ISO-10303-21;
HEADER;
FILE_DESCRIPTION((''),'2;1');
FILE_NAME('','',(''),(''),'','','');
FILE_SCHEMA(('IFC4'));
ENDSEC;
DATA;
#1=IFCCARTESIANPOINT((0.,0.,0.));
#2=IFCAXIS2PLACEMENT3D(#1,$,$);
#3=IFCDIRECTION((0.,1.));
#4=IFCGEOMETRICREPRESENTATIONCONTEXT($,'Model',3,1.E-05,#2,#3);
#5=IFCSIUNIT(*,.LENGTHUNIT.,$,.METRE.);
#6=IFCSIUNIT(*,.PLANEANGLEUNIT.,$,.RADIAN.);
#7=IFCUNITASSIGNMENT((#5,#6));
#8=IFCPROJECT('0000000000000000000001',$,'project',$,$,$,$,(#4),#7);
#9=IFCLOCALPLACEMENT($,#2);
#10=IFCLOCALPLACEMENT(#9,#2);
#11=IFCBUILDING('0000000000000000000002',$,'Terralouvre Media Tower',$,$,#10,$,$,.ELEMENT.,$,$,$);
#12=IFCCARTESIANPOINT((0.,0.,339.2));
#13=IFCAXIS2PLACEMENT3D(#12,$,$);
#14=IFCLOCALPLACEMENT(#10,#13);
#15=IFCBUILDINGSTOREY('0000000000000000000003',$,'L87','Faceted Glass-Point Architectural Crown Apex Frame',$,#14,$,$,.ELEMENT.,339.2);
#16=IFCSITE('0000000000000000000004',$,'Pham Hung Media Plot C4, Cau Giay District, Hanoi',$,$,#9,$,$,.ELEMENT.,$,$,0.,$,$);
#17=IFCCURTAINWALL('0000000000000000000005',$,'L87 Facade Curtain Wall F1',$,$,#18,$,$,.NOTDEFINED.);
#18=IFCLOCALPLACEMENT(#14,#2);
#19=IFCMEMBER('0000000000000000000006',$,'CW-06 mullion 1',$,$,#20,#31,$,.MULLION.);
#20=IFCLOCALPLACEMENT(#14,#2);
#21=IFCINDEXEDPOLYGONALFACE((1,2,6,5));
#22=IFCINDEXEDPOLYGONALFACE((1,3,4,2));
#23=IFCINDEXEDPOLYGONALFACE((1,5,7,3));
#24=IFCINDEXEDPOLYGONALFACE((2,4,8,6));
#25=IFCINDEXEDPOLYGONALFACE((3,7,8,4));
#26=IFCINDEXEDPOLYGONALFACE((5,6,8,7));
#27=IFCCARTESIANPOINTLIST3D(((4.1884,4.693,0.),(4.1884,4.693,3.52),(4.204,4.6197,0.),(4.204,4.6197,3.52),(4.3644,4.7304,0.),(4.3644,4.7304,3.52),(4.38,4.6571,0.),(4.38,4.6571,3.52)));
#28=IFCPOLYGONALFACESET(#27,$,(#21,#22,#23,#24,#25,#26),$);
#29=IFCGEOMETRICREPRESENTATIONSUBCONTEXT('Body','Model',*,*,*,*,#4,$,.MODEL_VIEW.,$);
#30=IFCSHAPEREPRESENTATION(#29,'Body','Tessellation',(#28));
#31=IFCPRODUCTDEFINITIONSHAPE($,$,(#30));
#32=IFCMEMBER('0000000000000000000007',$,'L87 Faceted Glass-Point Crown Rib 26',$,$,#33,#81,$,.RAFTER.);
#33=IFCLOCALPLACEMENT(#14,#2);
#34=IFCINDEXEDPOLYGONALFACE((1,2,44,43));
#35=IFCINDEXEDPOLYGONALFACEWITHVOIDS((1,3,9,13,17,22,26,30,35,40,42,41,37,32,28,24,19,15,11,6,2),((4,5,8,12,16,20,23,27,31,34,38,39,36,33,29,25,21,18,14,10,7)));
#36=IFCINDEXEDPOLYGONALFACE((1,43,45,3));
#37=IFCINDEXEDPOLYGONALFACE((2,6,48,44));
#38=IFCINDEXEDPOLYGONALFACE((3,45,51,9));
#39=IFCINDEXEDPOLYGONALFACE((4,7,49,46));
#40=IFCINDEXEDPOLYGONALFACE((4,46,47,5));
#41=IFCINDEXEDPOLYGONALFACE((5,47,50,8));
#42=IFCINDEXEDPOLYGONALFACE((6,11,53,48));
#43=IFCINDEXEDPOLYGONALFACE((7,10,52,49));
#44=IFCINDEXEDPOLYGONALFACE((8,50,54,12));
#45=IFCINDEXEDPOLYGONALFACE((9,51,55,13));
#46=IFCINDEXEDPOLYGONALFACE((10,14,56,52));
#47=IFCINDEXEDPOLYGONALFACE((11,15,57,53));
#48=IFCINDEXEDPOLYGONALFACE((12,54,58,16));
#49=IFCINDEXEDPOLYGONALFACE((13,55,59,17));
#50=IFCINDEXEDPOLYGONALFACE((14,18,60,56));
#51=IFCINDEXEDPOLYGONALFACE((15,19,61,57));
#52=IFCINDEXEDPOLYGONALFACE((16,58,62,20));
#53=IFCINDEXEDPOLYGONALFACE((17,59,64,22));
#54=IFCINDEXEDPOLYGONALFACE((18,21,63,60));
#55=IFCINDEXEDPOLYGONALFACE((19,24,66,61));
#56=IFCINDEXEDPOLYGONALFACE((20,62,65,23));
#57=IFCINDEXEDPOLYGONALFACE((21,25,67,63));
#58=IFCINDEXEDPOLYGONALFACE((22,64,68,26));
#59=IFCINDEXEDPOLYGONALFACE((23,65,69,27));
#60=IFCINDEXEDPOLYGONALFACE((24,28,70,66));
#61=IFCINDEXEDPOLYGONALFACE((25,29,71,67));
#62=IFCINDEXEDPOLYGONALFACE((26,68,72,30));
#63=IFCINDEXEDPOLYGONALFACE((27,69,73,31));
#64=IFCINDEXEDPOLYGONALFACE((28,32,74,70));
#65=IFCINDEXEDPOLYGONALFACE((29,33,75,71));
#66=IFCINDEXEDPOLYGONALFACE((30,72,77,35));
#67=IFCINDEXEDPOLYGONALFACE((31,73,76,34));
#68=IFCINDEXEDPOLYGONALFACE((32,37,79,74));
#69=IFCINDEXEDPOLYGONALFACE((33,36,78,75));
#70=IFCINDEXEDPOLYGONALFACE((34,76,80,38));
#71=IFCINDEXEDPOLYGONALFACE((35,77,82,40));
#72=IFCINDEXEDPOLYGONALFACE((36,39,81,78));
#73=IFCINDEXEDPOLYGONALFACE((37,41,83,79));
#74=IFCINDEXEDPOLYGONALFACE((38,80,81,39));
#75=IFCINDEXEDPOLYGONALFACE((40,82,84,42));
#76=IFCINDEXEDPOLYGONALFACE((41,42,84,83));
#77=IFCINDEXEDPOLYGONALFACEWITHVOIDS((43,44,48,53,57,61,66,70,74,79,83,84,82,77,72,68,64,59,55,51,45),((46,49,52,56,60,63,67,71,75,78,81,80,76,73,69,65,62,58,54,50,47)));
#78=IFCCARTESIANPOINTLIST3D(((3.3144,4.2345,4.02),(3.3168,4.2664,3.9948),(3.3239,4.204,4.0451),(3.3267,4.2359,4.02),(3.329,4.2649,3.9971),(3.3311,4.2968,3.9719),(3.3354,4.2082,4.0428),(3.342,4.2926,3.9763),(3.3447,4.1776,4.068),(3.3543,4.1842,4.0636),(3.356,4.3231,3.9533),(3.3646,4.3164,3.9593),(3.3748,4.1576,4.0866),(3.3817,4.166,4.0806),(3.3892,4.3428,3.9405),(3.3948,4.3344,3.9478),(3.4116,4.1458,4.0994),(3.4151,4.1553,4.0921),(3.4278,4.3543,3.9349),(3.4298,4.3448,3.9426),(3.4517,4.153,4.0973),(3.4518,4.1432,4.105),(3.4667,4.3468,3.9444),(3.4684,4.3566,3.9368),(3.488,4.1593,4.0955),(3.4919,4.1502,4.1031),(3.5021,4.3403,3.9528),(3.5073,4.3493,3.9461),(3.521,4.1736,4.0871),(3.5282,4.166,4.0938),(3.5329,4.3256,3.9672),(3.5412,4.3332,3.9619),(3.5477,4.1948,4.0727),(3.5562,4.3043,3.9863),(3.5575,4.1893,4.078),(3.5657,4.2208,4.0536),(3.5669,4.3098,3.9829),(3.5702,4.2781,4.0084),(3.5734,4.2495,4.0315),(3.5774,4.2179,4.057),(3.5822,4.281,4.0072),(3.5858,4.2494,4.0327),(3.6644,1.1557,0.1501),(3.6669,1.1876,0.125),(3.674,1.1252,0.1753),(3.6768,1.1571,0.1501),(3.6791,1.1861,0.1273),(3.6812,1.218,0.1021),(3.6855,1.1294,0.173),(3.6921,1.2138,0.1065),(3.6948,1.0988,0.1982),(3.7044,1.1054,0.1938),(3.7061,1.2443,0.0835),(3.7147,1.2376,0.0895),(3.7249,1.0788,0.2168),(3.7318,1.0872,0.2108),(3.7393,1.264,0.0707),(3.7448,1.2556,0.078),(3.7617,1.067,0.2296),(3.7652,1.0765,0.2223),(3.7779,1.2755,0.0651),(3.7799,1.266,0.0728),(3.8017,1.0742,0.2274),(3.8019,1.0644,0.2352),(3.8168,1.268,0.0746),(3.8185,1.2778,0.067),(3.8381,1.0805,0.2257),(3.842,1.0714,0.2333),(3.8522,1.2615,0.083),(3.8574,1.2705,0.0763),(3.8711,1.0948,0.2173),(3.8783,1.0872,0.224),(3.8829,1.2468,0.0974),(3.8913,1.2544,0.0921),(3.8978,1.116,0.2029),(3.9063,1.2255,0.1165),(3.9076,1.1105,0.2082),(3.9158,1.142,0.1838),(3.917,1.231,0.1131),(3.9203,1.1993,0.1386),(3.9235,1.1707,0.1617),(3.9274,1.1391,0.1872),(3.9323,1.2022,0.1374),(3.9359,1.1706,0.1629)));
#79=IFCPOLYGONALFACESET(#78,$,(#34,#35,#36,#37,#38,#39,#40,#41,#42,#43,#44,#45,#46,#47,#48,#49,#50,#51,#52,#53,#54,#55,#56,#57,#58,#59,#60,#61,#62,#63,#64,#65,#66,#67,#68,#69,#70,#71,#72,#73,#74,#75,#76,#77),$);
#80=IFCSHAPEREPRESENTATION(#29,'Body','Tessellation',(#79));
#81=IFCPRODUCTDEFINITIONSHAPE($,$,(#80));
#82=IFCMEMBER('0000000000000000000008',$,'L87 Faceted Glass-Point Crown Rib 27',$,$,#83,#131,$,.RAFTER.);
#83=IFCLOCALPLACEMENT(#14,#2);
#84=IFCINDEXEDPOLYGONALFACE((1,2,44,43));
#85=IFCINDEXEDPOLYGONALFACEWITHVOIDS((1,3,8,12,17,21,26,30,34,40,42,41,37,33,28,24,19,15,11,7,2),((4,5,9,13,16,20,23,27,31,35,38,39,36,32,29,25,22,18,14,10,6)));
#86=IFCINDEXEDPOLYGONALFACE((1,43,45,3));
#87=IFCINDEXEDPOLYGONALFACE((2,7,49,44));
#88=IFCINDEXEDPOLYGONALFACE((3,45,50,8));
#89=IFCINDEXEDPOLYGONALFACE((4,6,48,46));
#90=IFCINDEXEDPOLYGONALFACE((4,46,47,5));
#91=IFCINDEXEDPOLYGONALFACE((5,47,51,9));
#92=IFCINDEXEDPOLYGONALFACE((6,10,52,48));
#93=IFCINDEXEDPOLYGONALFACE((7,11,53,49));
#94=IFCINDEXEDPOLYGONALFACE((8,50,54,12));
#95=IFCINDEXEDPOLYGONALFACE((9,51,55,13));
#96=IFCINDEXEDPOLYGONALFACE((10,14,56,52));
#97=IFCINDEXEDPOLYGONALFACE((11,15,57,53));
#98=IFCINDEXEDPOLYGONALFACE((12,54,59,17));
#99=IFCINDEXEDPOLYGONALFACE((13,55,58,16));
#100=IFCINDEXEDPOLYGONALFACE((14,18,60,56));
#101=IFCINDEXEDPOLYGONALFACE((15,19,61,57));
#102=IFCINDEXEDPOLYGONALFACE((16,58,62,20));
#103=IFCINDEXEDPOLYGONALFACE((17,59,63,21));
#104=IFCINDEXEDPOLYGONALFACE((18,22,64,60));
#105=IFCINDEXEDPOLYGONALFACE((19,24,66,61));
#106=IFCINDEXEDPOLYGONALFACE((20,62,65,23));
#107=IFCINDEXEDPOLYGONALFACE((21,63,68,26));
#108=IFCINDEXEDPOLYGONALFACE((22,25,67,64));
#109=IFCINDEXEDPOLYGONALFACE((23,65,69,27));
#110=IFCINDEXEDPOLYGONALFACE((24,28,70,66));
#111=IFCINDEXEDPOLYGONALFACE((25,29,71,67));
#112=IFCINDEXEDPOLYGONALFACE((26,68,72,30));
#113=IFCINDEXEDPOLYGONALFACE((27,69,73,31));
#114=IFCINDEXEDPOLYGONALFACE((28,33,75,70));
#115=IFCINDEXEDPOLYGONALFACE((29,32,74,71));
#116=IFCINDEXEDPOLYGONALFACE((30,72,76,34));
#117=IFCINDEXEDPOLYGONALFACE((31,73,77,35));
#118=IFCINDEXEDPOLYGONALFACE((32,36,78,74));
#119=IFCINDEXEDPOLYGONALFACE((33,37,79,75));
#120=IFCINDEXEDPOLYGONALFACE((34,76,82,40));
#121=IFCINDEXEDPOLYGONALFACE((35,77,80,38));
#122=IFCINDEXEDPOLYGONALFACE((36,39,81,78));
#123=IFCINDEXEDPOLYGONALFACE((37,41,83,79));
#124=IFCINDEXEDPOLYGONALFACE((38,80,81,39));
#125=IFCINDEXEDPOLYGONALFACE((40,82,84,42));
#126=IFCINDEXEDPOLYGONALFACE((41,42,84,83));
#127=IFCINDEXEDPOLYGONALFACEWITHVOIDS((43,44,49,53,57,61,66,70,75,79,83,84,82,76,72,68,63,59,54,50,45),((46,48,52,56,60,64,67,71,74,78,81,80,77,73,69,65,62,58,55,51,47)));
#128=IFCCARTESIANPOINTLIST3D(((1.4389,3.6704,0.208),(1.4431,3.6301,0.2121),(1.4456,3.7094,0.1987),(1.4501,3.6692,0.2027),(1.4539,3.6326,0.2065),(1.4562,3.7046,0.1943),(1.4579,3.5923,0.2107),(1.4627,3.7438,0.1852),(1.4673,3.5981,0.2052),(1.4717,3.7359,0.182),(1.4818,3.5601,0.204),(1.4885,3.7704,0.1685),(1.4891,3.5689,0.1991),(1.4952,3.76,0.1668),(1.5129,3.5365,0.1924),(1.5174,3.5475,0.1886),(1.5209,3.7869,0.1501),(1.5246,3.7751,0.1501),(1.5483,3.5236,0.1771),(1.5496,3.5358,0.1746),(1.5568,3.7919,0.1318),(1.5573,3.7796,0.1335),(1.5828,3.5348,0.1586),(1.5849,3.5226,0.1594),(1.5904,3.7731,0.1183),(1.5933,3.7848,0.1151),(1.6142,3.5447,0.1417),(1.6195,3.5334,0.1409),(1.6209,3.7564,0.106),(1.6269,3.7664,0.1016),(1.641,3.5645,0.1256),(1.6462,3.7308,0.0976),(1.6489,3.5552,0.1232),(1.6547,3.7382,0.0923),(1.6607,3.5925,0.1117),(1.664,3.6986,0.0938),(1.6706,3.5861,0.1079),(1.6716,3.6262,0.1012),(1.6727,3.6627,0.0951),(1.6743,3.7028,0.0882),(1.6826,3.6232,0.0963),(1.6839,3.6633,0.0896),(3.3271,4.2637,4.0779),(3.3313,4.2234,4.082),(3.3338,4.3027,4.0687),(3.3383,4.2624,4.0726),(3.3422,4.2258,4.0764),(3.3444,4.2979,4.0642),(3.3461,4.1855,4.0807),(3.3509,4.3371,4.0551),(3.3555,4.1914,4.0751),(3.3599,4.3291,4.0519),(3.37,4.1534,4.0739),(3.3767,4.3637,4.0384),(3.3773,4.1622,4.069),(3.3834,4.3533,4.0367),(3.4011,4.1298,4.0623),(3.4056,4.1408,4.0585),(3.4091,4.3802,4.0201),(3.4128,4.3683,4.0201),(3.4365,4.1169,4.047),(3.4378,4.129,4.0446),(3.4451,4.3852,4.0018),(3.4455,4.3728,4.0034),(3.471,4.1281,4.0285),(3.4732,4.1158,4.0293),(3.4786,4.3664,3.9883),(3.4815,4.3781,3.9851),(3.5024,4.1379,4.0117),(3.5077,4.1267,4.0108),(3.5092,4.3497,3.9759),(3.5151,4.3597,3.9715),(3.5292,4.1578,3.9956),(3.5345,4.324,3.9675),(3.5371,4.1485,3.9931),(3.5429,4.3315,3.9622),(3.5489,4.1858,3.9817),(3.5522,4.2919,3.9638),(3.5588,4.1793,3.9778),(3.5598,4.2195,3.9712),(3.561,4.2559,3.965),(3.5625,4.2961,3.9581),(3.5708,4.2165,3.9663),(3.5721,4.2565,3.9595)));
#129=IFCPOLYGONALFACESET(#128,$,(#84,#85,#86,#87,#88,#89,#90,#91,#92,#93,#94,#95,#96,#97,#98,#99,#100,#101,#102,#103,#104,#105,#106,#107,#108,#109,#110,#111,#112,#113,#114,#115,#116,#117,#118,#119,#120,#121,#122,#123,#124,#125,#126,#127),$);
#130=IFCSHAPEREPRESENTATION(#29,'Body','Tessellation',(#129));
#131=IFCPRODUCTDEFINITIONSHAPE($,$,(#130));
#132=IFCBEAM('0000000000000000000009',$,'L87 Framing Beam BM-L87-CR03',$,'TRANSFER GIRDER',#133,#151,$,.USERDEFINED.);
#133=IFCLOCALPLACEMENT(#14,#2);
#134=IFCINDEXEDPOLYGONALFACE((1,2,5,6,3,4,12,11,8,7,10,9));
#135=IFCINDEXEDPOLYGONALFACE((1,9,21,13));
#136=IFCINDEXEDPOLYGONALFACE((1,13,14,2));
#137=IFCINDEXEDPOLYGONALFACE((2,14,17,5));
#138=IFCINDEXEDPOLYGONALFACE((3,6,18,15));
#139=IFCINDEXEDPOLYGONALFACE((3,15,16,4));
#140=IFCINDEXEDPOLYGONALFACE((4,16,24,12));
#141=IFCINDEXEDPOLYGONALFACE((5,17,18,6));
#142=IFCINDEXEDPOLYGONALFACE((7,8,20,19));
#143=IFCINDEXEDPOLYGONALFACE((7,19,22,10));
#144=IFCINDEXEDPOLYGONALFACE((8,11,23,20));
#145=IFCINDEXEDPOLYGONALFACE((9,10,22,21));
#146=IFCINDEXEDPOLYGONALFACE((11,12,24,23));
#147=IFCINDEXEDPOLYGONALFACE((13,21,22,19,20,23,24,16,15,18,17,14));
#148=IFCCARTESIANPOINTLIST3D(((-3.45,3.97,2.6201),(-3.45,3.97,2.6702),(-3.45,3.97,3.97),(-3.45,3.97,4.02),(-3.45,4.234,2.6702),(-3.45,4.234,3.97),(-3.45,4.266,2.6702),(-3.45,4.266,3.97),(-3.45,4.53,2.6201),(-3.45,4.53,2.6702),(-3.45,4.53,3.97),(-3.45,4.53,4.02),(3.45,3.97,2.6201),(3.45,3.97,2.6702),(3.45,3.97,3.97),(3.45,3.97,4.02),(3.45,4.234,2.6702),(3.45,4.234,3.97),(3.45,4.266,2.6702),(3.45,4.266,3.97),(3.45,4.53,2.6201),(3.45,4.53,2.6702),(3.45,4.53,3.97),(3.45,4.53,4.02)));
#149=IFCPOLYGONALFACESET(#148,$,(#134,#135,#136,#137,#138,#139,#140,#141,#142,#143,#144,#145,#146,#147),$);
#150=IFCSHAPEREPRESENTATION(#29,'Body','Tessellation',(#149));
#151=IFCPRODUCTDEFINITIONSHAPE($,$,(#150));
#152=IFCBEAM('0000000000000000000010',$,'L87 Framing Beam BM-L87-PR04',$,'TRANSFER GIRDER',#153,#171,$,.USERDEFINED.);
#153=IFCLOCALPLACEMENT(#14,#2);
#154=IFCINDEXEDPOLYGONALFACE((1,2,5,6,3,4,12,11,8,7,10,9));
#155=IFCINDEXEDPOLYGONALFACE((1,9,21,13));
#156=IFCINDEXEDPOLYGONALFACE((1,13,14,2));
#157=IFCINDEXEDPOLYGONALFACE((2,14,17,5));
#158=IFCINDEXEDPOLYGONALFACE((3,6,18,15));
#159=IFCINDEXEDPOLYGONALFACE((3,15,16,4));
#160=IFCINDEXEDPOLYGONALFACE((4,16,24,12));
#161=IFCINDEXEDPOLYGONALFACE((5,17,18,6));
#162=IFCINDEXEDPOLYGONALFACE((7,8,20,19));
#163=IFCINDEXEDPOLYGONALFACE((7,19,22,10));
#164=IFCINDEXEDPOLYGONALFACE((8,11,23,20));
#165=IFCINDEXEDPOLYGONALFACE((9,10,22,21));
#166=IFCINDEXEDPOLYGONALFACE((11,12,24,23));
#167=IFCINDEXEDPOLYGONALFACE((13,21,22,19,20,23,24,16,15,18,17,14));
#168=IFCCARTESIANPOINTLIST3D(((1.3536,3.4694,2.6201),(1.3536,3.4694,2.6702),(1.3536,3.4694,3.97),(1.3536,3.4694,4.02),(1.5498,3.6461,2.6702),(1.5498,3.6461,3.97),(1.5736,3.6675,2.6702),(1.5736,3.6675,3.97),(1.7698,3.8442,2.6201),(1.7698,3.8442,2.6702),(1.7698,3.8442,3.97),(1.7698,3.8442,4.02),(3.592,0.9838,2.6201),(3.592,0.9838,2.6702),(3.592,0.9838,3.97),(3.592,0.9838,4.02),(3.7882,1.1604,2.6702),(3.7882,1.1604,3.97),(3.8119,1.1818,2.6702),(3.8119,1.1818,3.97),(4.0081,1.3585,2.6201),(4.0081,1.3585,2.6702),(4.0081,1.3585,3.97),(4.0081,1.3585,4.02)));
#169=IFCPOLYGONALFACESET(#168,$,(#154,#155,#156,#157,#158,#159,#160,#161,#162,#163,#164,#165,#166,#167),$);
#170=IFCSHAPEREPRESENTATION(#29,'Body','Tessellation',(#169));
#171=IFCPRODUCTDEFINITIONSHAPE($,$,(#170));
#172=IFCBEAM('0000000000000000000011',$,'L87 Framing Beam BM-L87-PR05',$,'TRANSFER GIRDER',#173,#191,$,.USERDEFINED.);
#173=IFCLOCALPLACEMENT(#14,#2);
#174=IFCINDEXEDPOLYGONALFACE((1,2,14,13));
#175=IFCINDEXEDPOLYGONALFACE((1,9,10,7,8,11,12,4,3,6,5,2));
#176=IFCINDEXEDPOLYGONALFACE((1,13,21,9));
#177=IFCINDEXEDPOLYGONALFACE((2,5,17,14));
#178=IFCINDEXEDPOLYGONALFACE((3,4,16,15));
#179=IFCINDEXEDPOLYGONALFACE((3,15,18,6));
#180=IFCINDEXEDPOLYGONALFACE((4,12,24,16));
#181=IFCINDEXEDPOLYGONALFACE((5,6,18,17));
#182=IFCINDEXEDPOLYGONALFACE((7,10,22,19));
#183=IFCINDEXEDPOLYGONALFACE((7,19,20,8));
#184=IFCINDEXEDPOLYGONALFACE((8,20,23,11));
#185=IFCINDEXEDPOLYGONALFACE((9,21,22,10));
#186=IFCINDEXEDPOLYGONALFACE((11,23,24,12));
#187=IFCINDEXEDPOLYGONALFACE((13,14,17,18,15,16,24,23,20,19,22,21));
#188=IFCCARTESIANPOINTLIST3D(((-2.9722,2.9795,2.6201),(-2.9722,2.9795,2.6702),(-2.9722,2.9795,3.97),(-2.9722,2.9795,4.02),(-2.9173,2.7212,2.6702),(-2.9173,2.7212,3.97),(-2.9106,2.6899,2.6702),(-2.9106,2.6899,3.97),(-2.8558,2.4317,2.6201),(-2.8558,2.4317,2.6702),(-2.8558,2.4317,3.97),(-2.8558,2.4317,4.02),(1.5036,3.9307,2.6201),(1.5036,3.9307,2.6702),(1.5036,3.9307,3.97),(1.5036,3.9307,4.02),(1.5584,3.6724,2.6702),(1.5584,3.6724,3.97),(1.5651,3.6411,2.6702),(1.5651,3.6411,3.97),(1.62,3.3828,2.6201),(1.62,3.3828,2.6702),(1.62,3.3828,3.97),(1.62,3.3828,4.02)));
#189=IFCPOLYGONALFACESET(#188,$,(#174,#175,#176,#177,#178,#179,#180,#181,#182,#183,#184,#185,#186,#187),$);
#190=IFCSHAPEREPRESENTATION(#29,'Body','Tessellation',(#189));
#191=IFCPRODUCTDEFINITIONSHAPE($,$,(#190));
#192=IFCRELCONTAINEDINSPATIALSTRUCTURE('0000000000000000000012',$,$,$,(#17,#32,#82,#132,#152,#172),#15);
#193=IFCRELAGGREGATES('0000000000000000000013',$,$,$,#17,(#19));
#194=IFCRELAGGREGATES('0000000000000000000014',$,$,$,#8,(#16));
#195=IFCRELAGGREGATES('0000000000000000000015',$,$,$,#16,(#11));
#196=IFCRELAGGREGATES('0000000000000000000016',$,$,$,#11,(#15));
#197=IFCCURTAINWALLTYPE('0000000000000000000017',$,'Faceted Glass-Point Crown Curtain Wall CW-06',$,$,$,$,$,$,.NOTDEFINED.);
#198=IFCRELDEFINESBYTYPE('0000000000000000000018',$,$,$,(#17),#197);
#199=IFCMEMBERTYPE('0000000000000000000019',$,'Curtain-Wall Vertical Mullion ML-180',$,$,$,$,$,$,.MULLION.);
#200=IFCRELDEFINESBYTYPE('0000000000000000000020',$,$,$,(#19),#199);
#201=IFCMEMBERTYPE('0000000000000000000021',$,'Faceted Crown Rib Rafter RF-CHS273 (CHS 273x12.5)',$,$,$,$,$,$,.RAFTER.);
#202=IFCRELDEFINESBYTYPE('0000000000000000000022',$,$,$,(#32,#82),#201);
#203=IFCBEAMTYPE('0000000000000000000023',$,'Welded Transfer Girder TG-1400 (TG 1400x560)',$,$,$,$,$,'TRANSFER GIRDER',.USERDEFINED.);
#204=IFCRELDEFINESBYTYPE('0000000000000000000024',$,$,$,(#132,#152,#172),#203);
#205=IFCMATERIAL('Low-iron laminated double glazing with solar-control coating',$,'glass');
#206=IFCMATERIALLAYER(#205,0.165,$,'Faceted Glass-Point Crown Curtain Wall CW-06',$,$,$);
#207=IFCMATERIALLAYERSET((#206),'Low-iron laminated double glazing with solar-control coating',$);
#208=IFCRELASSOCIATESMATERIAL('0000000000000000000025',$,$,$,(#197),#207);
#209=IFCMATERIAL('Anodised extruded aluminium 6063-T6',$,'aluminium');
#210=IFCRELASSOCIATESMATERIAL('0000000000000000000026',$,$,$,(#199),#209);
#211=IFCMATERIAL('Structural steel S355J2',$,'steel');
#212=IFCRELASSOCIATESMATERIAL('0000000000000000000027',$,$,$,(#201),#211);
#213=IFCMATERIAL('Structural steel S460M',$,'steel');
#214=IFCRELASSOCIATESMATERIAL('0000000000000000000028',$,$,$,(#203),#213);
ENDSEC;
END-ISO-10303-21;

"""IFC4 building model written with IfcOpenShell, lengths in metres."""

from ifc_helpers import new_model, si_unit, direction, frame, origin, origin_2d, place, context, subcontext, project, spatial, rectangle, hollow_circle, i_section, extrude, material, layer, layer_set, material_profile, profile_set, type_object, element, aggregate, save


model = new_model("IFC4")

# Units and contexts
model_context = context("Model", 3, precision=1e-05, world=origin(), true_north=direction((0.0, 1.0)))
body_context = subcontext(model_context, "Body", "Model", "MODEL_VIEW")
ifc_project = project(units=[si_unit("LENGTHUNIT", "METRE"), si_unit("PLANEANGLEUNIT", "RADIAN")], contexts=[model_context])

# Site, building, storey
site_placement = place(None, origin())
site = spatial("IfcSite", under=ifc_project, at=site_placement, Name="Pham Hung Media Plot C4, Cau Giay District, Hanoi", CompositionType="ELEMENT", RefElevation=0.0)
building_placement = place(site_placement, origin())
building = spatial("IfcBuilding", under=site, at=building_placement, Name="Terralouvre Media Tower", CompositionType="ELEMENT")
storey_placement = place(building_placement, frame((0.0, 0.0, 339.2)))
storey = spatial("IfcBuildingStorey", under=building, at=storey_placement, Name="L87", Description="Faceted Glass-Point Architectural Crown Apex Frame", CompositionType="ELEMENT", Elevation=339.2)

# Curtain wall
ifc_material_1 = material(Name="Low-iron laminated double glazing with solar-control coating", Category="glass")
ifc_layer_1 = layer(ifc_material_1, 0.165, Name="Faceted Glass-Point Crown Curtain Wall CW-06")
ifc_layer_set_1 = layer_set([ifc_layer_1], Name="Low-iron laminated double glazing with solar-control coating")
curtain_wall_type = type_object("IfcCurtainWallType", Name="Faceted Glass-Point Crown Curtain Wall CW-06", PredefinedType="NOTDEFINED", material=ifc_layer_set_1)
curtain_wall_1_placement = place(storey_placement, origin())
curtain_wall_1 = element("IfcCurtainWall", 1, at=curtain_wall_1_placement, inside=storey, type_object=curtain_wall_type, Name="L87 Facade Curtain Wall F1", PredefinedType="NOTDEFINED")

# Shared definitions
ifc_material_2 = material(Name="Anodised extruded aluminium 6063-T6", Category="aluminium")
ifc_material_profile_1 = material_profile(ifc_material_2, rectangle(XDim=0.075, YDim=0.1799, at=origin_2d()), Name="ALU 75x180")
ifc_profile_set_1 = profile_set([ifc_material_profile_1], Name="Anodised extruded aluminium 6063-T6")
member_type_1 = type_object("IfcMemberType", Name="Curtain-Wall Vertical Mullion ML-180", PredefinedType="MULLION", material=ifc_profile_set_1)

# Member
member_1_placement = place(storey_placement, frame((4.2842, 4.675, 0.0), z_axis=(0.0, 0.0, 1.0), x_axis=(0.207912, -0.978148, 0.0)))
member_1 = element("IfcMember", 2, at=member_1_placement, type_object=member_type_1, Name="CW-06 mullion 1", PredefinedType="MULLION", context=body_context, shape_type="SweptSolid", body=[
    extrude(rectangle(XDim=0.075, YDim=0.1799, at=origin_2d()), origin(), (0.0, 0.0, 1.0), 3.52),
])
aggregate(curtain_wall_1, [member_1])

# Members
ifc_material_3 = material(Name="Structural steel S355J2", Category="steel")
ifc_material_profile_2 = material_profile(ifc_material_3, hollow_circle(Radius=0.1365, WallThickness=0.0125, at=origin_2d()), Name="CHS 273x12.5")
ifc_profile_set_2 = profile_set([ifc_material_profile_2], Name="Structural steel S355J2")
member_type_2 = type_object("IfcMemberType", Name="Faceted Crown Rib Rafter RF-CHS273 (CHS 273x12.5)", PredefinedType="RAFTER", material=ifc_profile_set_2)
member_2_placement = place(storey_placement, frame((3.8, 1.1711, 0.1501), z_axis=(-0.070618, 0.621037, 0.780593), x_axis=(-0.993597, -0.112982, 0.0)))
element("IfcMember", 3, at=member_2_placement, inside=storey, type_object=member_type_2, Name="L87 Faceted Glass-Point Crown Rib 26", PredefinedType="RAFTER", context=body_context, shape_type="SweptSolid", body=[
    extrude(hollow_circle(Radius=0.1365, WallThickness=0.0125, at=origin_2d()), origin(), (0.0, 0.0, 1.0), 4.9575),
])
member_3_placement = place(storey_placement, frame((1.5618, 3.6567, 0.1501), z_axis=(0.434403, 0.136488, 0.890318), x_axis=(-0.29975, 0.954018, 0.0)))
element("IfcMember", 4, at=member_3_placement, inside=storey, type_object=member_type_2, Name="L87 Faceted Glass-Point Crown Rib 27", PredefinedType="RAFTER", context=body_context, shape_type="SweptSolid", body=[
    extrude(hollow_circle(Radius=0.1365, WallThickness=0.0125, at=origin_2d()), origin(), (0.0, 0.0, 1.0), 4.3467),
])

# Beams
ifc_material_4 = material(Name="Structural steel S460M", Category="steel")
ifc_material_profile_3 = material_profile(ifc_material_4, i_section(OverallWidth=0.5601, OverallDepth=1.3999, WebThickness=0.032, FlangeThickness=0.05, at=origin_2d()), Name="TG 1400x560")
ifc_profile_set_3 = profile_set([ifc_material_profile_3], Name="Structural steel S460M")
beam_type = type_object("IfcBeamType", Name="Welded Transfer Girder TG-1400 (TG 1400x560)", ElementType="TRANSFER GIRDER", PredefinedType="USERDEFINED", material=ifc_profile_set_3)
beam_1_placement = place(storey_placement, frame((3.45, 4.25, 3.3201), z_axis=(-1.0, 0.0, 0.0), x_axis=(0.0, -1.0, 0.0)))
element("IfcBeam", 5, at=beam_1_placement, inside=storey, type_object=beam_type, Name="L87 Framing Beam BM-L87-CR03", ObjectType="TRANSFER GIRDER", PredefinedType="USERDEFINED", context=body_context, shape_type="SweptSolid", body=[
    extrude(i_section(OverallWidth=0.5601, OverallDepth=1.3999, WebThickness=0.032, FlangeThickness=0.05, at=origin_2d()), origin(), (0.0, 0.0, 1.0), 6.8999),
])
beam_2_placement = place(storey_placement, frame((3.8, 1.1711, 3.3201), z_axis=(-0.66917, 0.743109, 0.0), x_axis=(-0.743109, -0.66917, 0.0)))
element("IfcBeam", 6, at=beam_2_placement, inside=storey, type_object=beam_type, Name="L87 Framing Beam BM-L87-PR04", ObjectType="TRANSFER GIRDER", PredefinedType="USERDEFINED", context=body_context, shape_type="SweptSolid", body=[
    extrude(i_section(OverallWidth=0.5601, OverallDepth=1.3999, WebThickness=0.032, FlangeThickness=0.05, at=origin_2d()), origin(), (0.0, 0.0, 1.0), 3.345),
])
beam_3_placement = place(storey_placement, frame((1.5618, 3.6567, 3.3201), z_axis=(-0.978156, -0.207871, 0.0), x_axis=(0.207871, -0.978156, 0.0)))
element("IfcBeam", 7, at=beam_3_placement, inside=storey, type_object=beam_type, Name="L87 Framing Beam BM-L87-PR05", ObjectType="TRANSFER GIRDER", PredefinedType="USERDEFINED", context=body_context, shape_type="SweptSolid", body=[
    extrude(i_section(OverallWidth=0.5601, OverallDepth=1.3999, WebThickness=0.032, FlangeThickness=0.05, at=origin_2d()), origin(), (0.0, 0.0, 1.0), 4.5757),
])

save(model, "model.ifc")
